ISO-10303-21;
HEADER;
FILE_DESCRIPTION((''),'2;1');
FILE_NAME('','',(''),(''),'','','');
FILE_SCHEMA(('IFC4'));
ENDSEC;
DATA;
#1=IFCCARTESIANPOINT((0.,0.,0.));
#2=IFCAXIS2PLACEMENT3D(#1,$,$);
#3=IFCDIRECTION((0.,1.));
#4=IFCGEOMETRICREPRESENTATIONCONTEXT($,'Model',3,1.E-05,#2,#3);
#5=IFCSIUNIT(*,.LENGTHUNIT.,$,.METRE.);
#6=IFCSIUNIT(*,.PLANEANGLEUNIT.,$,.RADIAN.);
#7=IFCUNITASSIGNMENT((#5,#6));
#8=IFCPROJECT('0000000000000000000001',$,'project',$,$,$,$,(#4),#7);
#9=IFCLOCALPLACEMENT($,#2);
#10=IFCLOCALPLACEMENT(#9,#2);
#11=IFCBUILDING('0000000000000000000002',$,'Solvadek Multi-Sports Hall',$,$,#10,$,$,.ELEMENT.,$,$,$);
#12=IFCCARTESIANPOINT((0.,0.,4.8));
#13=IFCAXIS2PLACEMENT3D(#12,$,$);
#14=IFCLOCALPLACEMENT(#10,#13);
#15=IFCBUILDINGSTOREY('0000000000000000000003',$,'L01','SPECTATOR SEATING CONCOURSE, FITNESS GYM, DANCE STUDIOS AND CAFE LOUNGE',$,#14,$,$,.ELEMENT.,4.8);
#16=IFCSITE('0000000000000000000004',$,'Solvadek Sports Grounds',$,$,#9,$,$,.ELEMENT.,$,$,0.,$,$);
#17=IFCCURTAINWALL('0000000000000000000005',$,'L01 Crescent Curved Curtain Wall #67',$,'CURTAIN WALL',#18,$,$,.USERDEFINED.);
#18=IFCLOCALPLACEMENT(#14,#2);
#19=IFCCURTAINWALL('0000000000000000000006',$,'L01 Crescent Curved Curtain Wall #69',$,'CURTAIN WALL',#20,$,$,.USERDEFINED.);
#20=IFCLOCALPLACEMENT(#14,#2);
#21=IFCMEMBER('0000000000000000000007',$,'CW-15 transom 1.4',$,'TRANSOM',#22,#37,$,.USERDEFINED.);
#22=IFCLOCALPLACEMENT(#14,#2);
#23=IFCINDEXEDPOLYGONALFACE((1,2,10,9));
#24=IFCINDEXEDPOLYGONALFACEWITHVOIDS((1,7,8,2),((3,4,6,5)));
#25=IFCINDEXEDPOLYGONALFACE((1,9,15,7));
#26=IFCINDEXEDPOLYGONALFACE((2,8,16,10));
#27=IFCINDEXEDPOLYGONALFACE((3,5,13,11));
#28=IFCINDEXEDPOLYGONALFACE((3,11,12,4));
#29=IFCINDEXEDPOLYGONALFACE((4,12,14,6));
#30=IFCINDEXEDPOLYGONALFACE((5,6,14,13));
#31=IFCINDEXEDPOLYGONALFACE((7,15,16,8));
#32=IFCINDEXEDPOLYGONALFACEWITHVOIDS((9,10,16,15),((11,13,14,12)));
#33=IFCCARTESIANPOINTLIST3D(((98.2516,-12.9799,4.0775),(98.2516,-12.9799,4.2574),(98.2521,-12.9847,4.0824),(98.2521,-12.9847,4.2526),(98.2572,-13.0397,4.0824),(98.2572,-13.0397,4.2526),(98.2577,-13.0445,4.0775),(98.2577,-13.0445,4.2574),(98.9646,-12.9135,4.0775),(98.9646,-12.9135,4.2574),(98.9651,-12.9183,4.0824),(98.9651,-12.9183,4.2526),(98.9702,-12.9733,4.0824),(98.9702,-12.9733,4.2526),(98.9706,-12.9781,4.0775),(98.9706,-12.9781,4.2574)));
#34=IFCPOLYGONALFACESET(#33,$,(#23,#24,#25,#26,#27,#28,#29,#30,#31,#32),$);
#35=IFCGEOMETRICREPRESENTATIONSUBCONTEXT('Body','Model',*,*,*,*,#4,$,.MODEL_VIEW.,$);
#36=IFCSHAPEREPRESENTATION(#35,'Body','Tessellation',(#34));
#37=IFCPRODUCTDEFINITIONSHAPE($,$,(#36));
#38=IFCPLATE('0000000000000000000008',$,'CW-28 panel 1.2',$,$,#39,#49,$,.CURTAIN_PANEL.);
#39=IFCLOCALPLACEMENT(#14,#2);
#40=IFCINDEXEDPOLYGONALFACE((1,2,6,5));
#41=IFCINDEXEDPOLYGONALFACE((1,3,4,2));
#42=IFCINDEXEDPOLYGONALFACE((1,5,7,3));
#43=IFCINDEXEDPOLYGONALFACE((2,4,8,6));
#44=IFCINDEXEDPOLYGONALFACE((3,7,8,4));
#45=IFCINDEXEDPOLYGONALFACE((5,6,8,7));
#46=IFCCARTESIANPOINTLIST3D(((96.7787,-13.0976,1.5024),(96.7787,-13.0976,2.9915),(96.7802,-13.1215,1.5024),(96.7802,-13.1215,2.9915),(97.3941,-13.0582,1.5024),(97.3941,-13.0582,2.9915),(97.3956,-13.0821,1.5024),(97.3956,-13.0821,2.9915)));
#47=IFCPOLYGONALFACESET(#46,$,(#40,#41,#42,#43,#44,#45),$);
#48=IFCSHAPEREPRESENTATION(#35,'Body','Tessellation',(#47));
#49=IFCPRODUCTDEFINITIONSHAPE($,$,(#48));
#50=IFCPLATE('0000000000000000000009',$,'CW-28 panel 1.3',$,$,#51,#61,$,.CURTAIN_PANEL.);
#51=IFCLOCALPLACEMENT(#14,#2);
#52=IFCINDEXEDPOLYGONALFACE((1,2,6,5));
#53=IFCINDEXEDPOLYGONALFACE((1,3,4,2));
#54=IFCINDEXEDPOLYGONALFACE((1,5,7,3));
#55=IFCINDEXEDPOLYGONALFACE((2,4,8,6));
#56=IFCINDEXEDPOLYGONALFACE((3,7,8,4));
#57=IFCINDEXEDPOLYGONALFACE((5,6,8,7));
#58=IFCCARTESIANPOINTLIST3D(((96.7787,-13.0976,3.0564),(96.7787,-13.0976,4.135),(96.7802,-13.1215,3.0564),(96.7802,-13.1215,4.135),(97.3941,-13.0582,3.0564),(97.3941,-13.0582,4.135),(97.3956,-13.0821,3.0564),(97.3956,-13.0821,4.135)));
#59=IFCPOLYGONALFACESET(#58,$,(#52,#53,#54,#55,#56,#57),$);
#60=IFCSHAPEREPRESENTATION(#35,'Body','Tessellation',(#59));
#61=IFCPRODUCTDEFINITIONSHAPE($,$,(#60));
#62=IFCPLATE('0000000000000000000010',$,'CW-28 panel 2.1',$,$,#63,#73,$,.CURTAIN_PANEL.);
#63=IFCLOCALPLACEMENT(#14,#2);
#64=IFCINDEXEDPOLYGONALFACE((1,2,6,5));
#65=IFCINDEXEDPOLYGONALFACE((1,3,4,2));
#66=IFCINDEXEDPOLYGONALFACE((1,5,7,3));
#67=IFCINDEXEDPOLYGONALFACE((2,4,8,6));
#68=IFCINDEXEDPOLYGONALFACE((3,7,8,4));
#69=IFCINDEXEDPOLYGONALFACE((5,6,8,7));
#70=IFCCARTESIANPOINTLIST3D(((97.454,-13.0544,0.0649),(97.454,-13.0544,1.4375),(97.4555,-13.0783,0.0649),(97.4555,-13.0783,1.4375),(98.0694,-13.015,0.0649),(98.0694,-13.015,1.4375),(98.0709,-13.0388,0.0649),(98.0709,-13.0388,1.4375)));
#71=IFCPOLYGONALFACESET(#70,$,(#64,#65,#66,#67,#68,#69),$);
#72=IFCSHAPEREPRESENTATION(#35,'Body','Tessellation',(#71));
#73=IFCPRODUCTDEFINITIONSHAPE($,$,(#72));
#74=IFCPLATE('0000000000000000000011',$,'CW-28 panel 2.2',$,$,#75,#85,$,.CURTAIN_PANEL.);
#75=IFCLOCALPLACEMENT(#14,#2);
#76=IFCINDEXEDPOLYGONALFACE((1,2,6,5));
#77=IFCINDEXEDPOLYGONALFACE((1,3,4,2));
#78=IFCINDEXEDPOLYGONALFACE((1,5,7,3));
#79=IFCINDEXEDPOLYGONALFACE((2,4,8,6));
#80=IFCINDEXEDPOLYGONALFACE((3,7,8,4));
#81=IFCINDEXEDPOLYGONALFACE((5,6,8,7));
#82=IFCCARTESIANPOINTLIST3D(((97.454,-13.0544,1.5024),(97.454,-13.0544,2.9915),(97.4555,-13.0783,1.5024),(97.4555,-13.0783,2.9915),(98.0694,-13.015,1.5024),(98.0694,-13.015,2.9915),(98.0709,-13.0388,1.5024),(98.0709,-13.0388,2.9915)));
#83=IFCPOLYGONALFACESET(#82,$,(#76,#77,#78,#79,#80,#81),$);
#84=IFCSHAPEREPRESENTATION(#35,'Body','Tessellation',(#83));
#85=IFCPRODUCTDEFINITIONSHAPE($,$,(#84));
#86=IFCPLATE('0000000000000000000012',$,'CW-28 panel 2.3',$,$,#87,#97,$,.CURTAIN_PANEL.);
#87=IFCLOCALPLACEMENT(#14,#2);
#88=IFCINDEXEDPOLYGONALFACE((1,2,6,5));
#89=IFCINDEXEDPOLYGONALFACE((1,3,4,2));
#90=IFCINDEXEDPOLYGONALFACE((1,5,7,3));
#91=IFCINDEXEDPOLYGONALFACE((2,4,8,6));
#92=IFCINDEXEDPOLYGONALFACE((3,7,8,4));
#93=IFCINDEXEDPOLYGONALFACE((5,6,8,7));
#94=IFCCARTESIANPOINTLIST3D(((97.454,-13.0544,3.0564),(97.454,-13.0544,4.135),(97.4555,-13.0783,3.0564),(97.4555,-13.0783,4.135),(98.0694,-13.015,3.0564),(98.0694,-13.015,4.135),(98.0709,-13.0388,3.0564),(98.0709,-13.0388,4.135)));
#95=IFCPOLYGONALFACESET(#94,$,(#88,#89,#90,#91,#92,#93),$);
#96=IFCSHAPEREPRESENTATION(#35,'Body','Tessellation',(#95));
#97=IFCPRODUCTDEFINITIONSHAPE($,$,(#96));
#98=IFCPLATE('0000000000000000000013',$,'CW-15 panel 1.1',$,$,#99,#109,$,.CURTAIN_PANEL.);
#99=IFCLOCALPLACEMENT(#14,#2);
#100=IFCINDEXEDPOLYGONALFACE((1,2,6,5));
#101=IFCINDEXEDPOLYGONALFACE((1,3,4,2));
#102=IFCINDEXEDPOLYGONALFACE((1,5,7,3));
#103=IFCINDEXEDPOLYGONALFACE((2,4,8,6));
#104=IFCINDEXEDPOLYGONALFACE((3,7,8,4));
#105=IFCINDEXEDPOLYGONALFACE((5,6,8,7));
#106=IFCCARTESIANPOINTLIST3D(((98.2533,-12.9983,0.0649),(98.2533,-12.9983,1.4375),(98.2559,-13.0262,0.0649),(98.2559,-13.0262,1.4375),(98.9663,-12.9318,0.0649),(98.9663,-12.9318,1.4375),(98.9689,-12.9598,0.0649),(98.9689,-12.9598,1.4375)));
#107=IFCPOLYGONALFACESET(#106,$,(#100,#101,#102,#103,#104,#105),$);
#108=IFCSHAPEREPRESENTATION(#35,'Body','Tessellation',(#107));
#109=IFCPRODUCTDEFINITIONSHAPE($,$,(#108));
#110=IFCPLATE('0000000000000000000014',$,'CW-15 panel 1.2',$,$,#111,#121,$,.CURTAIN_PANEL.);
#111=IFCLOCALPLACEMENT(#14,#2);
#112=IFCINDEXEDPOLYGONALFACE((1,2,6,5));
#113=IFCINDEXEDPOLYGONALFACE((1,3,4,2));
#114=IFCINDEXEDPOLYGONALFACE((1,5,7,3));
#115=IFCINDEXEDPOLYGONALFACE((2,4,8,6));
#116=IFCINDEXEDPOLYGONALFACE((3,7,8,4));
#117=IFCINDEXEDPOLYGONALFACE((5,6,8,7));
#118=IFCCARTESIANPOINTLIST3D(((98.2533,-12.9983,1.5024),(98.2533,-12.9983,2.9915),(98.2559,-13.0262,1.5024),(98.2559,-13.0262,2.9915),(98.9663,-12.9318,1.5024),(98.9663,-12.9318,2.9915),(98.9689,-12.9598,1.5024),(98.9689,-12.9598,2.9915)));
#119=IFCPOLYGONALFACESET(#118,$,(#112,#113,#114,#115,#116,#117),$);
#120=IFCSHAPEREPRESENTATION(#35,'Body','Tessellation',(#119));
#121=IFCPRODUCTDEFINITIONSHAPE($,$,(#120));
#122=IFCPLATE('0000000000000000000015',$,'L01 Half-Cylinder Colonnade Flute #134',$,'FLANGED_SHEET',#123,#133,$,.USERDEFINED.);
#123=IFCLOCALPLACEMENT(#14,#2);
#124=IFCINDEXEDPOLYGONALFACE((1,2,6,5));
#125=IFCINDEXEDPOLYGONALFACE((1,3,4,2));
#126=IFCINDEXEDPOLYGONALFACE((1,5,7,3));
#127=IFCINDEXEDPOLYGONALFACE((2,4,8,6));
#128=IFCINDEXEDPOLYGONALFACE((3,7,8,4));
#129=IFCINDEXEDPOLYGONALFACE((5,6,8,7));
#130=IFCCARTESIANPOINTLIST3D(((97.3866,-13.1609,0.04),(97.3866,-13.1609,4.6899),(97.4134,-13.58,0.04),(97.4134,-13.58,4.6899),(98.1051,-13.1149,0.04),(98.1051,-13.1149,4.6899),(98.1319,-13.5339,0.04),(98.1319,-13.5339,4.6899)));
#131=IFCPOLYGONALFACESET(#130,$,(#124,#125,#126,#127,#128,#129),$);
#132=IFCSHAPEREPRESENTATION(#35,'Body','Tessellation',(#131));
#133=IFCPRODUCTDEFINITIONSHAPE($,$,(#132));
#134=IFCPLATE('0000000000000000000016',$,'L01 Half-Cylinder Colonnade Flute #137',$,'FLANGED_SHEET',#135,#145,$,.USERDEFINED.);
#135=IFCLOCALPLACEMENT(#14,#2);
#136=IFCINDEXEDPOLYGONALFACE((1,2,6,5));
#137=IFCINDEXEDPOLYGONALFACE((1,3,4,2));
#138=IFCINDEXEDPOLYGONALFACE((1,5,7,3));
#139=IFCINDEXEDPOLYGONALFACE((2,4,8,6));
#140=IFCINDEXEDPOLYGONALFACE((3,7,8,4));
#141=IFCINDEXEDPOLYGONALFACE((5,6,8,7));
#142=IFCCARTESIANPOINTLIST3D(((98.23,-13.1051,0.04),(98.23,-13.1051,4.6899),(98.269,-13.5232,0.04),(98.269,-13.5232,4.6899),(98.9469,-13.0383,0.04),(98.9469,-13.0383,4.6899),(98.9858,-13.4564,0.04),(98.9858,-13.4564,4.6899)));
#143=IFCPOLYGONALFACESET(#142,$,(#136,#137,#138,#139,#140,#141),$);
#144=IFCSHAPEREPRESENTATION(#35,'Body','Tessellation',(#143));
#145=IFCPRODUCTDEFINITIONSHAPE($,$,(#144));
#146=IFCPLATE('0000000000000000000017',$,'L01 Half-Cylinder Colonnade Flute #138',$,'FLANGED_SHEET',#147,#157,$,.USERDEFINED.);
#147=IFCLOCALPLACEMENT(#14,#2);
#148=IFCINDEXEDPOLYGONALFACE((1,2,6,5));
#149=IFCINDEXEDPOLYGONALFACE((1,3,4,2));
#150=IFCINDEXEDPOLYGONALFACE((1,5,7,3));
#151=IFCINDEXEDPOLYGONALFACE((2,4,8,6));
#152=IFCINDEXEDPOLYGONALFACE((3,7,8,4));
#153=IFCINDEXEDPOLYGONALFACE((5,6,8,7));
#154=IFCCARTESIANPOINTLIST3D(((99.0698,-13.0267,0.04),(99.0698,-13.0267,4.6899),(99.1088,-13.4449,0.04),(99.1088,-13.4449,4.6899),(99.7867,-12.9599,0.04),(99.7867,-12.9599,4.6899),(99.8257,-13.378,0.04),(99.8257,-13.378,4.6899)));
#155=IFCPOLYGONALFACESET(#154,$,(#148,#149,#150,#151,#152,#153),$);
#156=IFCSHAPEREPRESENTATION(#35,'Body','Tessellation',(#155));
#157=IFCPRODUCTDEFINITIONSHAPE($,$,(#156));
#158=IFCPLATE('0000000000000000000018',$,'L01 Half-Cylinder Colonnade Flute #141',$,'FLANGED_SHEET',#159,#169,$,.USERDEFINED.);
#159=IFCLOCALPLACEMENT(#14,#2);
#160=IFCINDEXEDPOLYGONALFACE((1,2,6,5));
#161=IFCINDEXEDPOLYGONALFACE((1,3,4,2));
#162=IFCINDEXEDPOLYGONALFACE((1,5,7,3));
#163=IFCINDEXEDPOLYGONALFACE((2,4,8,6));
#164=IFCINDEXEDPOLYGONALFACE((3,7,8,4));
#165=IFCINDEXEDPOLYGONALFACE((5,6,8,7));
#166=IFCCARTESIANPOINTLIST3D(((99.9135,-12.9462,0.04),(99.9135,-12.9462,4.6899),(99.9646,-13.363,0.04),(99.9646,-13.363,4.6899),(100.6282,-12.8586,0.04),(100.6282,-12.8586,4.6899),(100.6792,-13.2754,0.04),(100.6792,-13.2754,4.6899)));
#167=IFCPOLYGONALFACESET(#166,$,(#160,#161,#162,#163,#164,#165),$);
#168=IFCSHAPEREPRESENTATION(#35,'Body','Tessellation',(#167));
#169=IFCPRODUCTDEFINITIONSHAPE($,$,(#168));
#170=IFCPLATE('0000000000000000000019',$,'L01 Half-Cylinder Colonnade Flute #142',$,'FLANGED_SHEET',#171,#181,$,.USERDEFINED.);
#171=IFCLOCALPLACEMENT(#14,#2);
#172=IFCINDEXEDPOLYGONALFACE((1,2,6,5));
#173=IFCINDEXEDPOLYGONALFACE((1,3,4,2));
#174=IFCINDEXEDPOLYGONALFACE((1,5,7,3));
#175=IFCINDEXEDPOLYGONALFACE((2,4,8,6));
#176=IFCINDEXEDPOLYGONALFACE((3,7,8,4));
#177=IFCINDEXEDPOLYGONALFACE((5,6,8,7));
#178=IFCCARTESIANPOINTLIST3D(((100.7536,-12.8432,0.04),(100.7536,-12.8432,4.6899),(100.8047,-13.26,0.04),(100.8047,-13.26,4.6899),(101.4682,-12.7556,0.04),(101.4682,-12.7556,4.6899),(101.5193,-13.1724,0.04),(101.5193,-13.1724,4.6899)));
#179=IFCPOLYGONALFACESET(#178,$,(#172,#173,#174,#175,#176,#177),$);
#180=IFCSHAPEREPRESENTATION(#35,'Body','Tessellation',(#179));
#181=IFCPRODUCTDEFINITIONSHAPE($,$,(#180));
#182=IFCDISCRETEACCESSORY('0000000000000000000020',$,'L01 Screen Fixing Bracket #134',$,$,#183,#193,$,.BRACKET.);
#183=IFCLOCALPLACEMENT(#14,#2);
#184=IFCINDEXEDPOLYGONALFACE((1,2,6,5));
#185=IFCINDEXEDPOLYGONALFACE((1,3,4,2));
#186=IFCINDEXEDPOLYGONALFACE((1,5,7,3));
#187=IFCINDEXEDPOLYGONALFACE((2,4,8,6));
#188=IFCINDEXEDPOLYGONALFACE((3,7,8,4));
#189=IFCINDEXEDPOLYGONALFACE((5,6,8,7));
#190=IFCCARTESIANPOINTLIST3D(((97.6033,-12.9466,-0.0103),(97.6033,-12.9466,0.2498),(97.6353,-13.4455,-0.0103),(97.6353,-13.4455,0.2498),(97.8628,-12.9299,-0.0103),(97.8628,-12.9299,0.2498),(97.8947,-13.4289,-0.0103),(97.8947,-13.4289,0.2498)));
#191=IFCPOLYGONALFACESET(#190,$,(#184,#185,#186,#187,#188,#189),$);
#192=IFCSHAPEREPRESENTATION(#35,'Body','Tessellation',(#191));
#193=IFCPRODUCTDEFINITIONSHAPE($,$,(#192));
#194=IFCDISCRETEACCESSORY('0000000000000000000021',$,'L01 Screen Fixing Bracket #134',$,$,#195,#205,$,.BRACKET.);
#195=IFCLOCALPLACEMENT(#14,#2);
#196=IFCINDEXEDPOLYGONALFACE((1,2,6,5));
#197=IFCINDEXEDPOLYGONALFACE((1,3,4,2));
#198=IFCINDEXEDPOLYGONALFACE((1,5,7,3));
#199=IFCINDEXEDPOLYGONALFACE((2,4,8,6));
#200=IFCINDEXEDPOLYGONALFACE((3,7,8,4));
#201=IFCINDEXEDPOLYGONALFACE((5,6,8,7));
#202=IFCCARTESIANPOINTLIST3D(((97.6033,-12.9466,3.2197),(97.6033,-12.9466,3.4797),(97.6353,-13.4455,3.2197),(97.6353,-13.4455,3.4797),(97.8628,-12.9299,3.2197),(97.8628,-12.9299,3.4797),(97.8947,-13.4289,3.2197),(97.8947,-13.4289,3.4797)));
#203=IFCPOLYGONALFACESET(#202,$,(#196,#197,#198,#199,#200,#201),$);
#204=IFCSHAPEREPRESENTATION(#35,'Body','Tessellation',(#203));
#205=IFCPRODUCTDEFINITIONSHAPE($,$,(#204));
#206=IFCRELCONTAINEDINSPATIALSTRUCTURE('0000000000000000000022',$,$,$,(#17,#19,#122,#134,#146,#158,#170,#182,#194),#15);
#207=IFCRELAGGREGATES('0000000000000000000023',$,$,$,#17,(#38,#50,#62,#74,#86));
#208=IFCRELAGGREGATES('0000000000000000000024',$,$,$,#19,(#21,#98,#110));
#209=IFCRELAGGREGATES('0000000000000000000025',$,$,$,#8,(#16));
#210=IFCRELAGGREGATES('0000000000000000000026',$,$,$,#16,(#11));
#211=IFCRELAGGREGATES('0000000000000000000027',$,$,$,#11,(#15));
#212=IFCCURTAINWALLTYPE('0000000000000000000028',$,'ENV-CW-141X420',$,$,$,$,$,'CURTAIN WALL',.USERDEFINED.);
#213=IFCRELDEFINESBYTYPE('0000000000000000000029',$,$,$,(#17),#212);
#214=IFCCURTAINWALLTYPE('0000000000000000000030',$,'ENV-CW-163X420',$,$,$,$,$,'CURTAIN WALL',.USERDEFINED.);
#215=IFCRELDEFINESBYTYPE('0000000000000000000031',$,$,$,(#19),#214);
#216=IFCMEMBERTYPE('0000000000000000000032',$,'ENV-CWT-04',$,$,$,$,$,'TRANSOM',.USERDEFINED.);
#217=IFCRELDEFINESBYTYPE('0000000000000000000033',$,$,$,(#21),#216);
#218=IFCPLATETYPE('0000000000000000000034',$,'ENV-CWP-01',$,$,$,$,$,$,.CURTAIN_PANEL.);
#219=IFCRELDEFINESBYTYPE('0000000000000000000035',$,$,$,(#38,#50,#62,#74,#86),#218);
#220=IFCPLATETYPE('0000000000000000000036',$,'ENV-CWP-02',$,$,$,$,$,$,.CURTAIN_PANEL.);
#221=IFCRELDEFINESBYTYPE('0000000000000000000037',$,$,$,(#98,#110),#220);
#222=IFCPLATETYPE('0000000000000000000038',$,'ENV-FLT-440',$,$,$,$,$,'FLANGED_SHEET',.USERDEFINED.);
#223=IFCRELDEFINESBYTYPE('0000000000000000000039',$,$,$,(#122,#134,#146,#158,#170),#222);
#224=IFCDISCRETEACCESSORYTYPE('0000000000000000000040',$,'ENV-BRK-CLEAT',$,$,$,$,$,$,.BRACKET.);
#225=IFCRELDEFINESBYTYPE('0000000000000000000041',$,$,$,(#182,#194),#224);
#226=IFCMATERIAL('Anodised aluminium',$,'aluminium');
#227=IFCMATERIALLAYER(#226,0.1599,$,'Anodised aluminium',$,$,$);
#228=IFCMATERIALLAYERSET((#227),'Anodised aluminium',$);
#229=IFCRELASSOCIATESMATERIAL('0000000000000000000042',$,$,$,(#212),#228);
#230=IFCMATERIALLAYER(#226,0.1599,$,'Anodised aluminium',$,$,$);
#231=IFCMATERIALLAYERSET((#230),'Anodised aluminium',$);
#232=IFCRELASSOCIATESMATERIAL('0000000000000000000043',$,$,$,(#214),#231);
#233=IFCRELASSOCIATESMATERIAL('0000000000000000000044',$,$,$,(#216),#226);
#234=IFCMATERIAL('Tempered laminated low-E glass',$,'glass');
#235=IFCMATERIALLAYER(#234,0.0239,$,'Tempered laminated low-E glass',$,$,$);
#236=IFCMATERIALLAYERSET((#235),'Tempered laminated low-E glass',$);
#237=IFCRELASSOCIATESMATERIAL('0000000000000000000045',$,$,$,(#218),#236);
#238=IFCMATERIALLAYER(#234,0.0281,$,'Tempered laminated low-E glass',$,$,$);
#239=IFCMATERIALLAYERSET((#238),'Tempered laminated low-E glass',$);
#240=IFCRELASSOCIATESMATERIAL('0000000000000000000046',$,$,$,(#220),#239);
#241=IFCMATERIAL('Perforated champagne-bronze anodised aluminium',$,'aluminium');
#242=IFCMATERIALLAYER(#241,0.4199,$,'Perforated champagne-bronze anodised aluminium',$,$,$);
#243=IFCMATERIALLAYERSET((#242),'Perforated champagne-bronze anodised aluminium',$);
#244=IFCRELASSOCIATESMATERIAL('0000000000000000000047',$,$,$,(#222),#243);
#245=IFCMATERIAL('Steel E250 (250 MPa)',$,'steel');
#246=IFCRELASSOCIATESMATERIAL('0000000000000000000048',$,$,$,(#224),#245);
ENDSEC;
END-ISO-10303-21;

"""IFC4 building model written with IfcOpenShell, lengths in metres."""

from ifc_helpers import new_model, si_unit, direction, frame, origin, origin_2d, place, context, subcontext, project, spatial, rectangle, hollow_rectangle, extrude, material, layer, layer_set, material_profile, profile_set, type_object, element, aggregate, save


model = new_model("IFC4")

# Units and contexts
model_context = context("Model", 3, precision=1e-05, world=origin(), true_north=direction((0.0, 1.0)))
body_context = subcontext(model_context, "Body", "Model", "MODEL_VIEW")
ifc_project = project(units=[si_unit("LENGTHUNIT", "METRE"), si_unit("PLANEANGLEUNIT", "RADIAN")], contexts=[model_context])

# Site, building, storey
site_placement = place(None, origin())
site = spatial("IfcSite", under=ifc_project, at=site_placement, Name="Solvadek Sports Grounds", CompositionType="ELEMENT", RefElevation=0.0)
building_placement = place(site_placement, origin())
building = spatial("IfcBuilding", under=site, at=building_placement, Name="Solvadek Multi-Sports Hall", CompositionType="ELEMENT")
storey_placement = place(building_placement, frame((0.0, 0.0, 4.8)))
storey = spatial("IfcBuildingStorey", under=building, at=storey_placement, Name="L01", Description="SPECTATOR SEATING CONCOURSE, FITNESS GYM, DANCE STUDIOS AND CAFE LOUNGE", CompositionType="ELEMENT", Elevation=4.8)

# Curtain wall
ifc_material_1 = material(Name="Anodised aluminium", Category="aluminium")
ifc_layer_1 = layer(ifc_material_1, 0.1599, Name="Anodised aluminium")
ifc_layer_set_1 = layer_set([ifc_layer_1], Name="Anodised aluminium")
curtain_wall_type_1 = type_object("IfcCurtainWallType", Name="ENV-CW-141X420", ElementType="CURTAIN WALL", PredefinedType="USERDEFINED", material=ifc_layer_set_1)
curtain_wall_1_placement = place(storey_placement, origin())
curtain_wall_1 = element("IfcCurtainWall", 1, at=curtain_wall_1_placement, inside=storey, type_object=curtain_wall_type_1, Name="L01 Crescent Curved Curtain Wall #67", ObjectType="CURTAIN WALL", PredefinedType="USERDEFINED")

# Curtain wall
ifc_layer_2 = layer(ifc_material_1, 0.1599, Name="Anodised aluminium")
ifc_layer_set_2 = layer_set([ifc_layer_2], Name="Anodised aluminium")
curtain_wall_type_2 = type_object("IfcCurtainWallType", Name="ENV-CW-163X420", ElementType="CURTAIN WALL", PredefinedType="USERDEFINED", material=ifc_layer_set_2)
curtain_wall_2_placement = place(storey_placement, origin())
curtain_wall_2 = element("IfcCurtainWall", 2, at=curtain_wall_2_placement, inside=storey, type_object=curtain_wall_type_2, Name="L01 Crescent Curved Curtain Wall #69", ObjectType="CURTAIN WALL", PredefinedType="USERDEFINED")

# Member
ifc_material_profile_1 = material_profile(ifc_material_1, hollow_rectangle(XDim=0.0649, YDim=0.1799, WallThickness=0.0049, at=origin_2d()), Name="ALU-T 180x65x5")
ifc_profile_set_1 = profile_set([ifc_material_profile_1], Name="Anodised aluminium")
member_type_1 = type_object("IfcMemberType", Name="ENV-CWT-04", ElementType="TRANSOM", PredefinedType="USERDEFINED", material=ifc_profile_set_1)
member_1_placement = place(storey_placement, frame((98.2546, -13.0122, 4.1675), z_axis=(0.99569, 0.092749, 0.0), x_axis=(-0.092749, 0.99569, 0.0)))
member_1 = element("IfcMember", 3, at=member_1_placement, type_object=member_type_1, Name="CW-15 transom 1.4", ObjectType="TRANSOM", PredefinedType="USERDEFINED", context=body_context, shape_type="SweptSolid", body=[
    extrude(hollow_rectangle(XDim=0.0649, YDim=0.1799, WallThickness=0.0049, at=origin_2d()), origin(), (0.0, 0.0, 1.0), 0.7161),
])

# Plates
ifc_material_2 = material(Name="Tempered laminated low-E glass", Category="glass")
ifc_layer_3 = layer(ifc_material_2, 0.0239, Name="Tempered laminated low-E glass")
ifc_layer_set_3 = layer_set([ifc_layer_3], Name="Tempered laminated low-E glass")
plate_type_1 = type_object("IfcPlateType", Name="ENV-CWP-01", PredefinedType="CURTAIN_PANEL", material=ifc_layer_set_3)
plate_1_placement = place(storey_placement, frame((97.0872, -13.0898, 1.5024), z_axis=(0.0, 0.0, 1.0), x_axis=(0.997953, 0.063955, 0.0)))
plate_1 = element("IfcPlate", 4, at=plate_1_placement, type_object=plate_type_1, Name="CW-28 panel 1.2", PredefinedType="CURTAIN_PANEL", context=body_context, shape_type="SweptSolid", body=[
    extrude(rectangle(XDim=0.6167, YDim=0.0239, at=origin_2d()), origin(), (0.0, 0.0, 1.0), 1.489),
])
plate_2_placement = place(storey_placement, frame((97.0872, -13.0898, 3.0564), z_axis=(0.0, 0.0, 1.0), x_axis=(0.997953, 0.063955, 0.0)))
plate_2 = element("IfcPlate", 5, at=plate_2_placement, type_object=plate_type_1, Name="CW-28 panel 1.3", PredefinedType="CURTAIN_PANEL", context=body_context, shape_type="SweptSolid", body=[
    extrude(rectangle(XDim=0.6167, YDim=0.0239, at=origin_2d()), origin(), (0.0, 0.0, 1.0), 1.0786),
])
plate_3_placement = place(storey_placement, frame((97.7625, -13.0466, 0.0649), z_axis=(0.0, 0.0, 1.0), x_axis=(0.997953, 0.063955, 0.0)))
plate_3 = element("IfcPlate", 6, at=plate_3_placement, type_object=plate_type_1, Name="CW-28 panel 2.1", PredefinedType="CURTAIN_PANEL", context=body_context, shape_type="SweptSolid", body=[
    extrude(rectangle(XDim=0.6167, YDim=0.0239, at=origin_2d()), origin(), (0.0, 0.0, 1.0), 1.3726),
])
plate_4_placement = place(storey_placement, frame((97.7625, -13.0466, 1.5024), z_axis=(0.0, 0.0, 1.0), x_axis=(0.997953, 0.063955, 0.0)))
plate_4 = element("IfcPlate", 7, at=plate_4_placement, type_object=plate_type_1, Name="CW-28 panel 2.2", PredefinedType="CURTAIN_PANEL", context=body_context, shape_type="SweptSolid", body=[
    extrude(rectangle(XDim=0.6167, YDim=0.0239, at=origin_2d()), origin(), (0.0, 0.0, 1.0), 1.489),
])
plate_5_placement = place(storey_placement, frame((97.7625, -13.0466, 3.0564), z_axis=(0.0, 0.0, 1.0), x_axis=(0.997953, 0.063955, 0.0)))
plate_5 = element("IfcPlate", 8, at=plate_5_placement, type_object=plate_type_1, Name="CW-28 panel 2.3", PredefinedType="CURTAIN_PANEL", context=body_context, shape_type="SweptSolid", body=[
    extrude(rectangle(XDim=0.6167, YDim=0.0239, at=origin_2d()), origin(), (0.0, 0.0, 1.0), 1.0786),
])
aggregate(curtain_wall_1, [plate_1, plate_2, plate_3, plate_4, plate_5])
ifc_layer_4 = layer(ifc_material_2, 0.0281, Name="Tempered laminated low-E glass")
ifc_layer_set_4 = layer_set([ifc_layer_4], Name="Tempered laminated low-E glass")
plate_type_2 = type_object("IfcPlateType", Name="ENV-CWP-02", PredefinedType="CURTAIN_PANEL", material=ifc_layer_set_4)
plate_6_placement = place(storey_placement, frame((98.6111, -12.979, 0.0649), z_axis=(0.0, 0.0, 1.0), x_axis=(0.995685, 0.092796, 0.0)))
plate_6 = element("IfcPlate", 9, at=plate_6_placement, type_object=plate_type_2, Name="CW-15 panel 1.1", PredefinedType="CURTAIN_PANEL", context=body_context, shape_type="SweptSolid", body=[
    extrude(rectangle(XDim=0.7161, YDim=0.0281, at=origin_2d()), origin(), (0.0, 0.0, 1.0), 1.3726),
])
plate_7_placement = place(storey_placement, frame((98.6111, -12.979, 1.5024), z_axis=(0.0, 0.0, 1.0), x_axis=(0.995685, 0.092796, 0.0)))
plate_7 = element("IfcPlate", 10, at=plate_7_placement, type_object=plate_type_2, Name="CW-15 panel 1.2", PredefinedType="CURTAIN_PANEL", context=body_context, shape_type="SweptSolid", body=[
    extrude(rectangle(XDim=0.7161, YDim=0.0281, at=origin_2d()), origin(), (0.0, 0.0, 1.0), 1.489),
])
aggregate(curtain_wall_2, [member_1, plate_6, plate_7])

# Plates
ifc_material_3 = material(Name="Perforated champagne-bronze anodised aluminium", Category="aluminium")
ifc_layer_5 = layer(ifc_material_3, 0.4199, Name="Perforated champagne-bronze anodised aluminium")
ifc_layer_set_5 = layer_set([ifc_layer_5], Name="Perforated champagne-bronze anodised aluminium")
plate_type_3 = type_object("IfcPlateType", Name="ENV-FLT-440", ElementType="FLANGED_SHEET", PredefinedType="USERDEFINED", material=ifc_layer_set_5)
for number, where, z_axis, x_axis, name in (
    (11, (97.7593, -13.3474, 0.04), (0.0, 0.0, 1.0), (0.997955, 0.063917, 0.0), "L01 Half-Cylinder Colonnade Flute #134"),
    (12, (98.6079, -13.2808, 0.04), (0.0, 0.0, 1.0), (0.995684, 0.092812, 0.0), "L01 Half-Cylinder Colonnade Flute #137"),
    (13, (99.4478, -13.2024, 0.04), (0.0, 0.0, 1.0), (0.995684, 0.092812, 0.0), "L01 Half-Cylinder Colonnade Flute #138"),
    (14, (100.2964, -13.1108, 0.04), (0.0, 0.0, 1.0), (0.992573, 0.121649, 0.0), "L01 Half-Cylinder Colonnade Flute #141"),
    (15, (101.1365, -13.0078, 0.04), (0.0, 0.0, 1.0), (0.992573, 0.121649, 0.0), "L01 Half-Cylinder Colonnade Flute #142"),
):
    element("IfcPlate", number, at=place(storey_placement, frame(where, z_axis=z_axis, x_axis=x_axis)), inside=storey, type_object=plate_type_3, Name=name, ObjectType="FLANGED_SHEET", PredefinedType="USERDEFINED", context=body_context, shape_type="SweptSolid", body=[
        extrude(rectangle(XDim=0.72, YDim=0.4199, at=origin_2d()), origin(), (0.0, 0.0, 1.0), 4.6499),
    ])

# Discrete accessories
ifc_material_4 = material(Name="Steel E250 (250 MPa)", Category="steel")
discrete_accessory_type = type_object("IfcDiscreteAccessoryType", Name="ENV-BRK-CLEAT", PredefinedType="BRACKET", material=ifc_material_4)
for number, where, z_axis, x_axis, name in (
    (16, (97.749, -13.1877, -0.0103), (0.0, 0.0, 1.0), (0.997955, 0.063917, 0.0), "L01 Screen Fixing Bracket #134"),
    (17, (97.749, -13.1877, 3.2197), (0.0, 0.0, 1.0), (0.997955, 0.063917, 0.0), "L01 Screen Fixing Bracket #134"),
):
    element("IfcDiscreteAccessory", number, at=place(storey_placement, frame(where, z_axis=z_axis, x_axis=x_axis)), inside=storey, type_object=discrete_accessory_type, Name=name, PredefinedType="BRACKET", context=body_context, shape_type="SweptSolid", body=[
        extrude(rectangle(XDim=0.26, YDim=0.5, at=origin_2d()), origin(), (0.0, 0.0, 1.0), 0.26),
    ])

save(model, "model.ifc")
